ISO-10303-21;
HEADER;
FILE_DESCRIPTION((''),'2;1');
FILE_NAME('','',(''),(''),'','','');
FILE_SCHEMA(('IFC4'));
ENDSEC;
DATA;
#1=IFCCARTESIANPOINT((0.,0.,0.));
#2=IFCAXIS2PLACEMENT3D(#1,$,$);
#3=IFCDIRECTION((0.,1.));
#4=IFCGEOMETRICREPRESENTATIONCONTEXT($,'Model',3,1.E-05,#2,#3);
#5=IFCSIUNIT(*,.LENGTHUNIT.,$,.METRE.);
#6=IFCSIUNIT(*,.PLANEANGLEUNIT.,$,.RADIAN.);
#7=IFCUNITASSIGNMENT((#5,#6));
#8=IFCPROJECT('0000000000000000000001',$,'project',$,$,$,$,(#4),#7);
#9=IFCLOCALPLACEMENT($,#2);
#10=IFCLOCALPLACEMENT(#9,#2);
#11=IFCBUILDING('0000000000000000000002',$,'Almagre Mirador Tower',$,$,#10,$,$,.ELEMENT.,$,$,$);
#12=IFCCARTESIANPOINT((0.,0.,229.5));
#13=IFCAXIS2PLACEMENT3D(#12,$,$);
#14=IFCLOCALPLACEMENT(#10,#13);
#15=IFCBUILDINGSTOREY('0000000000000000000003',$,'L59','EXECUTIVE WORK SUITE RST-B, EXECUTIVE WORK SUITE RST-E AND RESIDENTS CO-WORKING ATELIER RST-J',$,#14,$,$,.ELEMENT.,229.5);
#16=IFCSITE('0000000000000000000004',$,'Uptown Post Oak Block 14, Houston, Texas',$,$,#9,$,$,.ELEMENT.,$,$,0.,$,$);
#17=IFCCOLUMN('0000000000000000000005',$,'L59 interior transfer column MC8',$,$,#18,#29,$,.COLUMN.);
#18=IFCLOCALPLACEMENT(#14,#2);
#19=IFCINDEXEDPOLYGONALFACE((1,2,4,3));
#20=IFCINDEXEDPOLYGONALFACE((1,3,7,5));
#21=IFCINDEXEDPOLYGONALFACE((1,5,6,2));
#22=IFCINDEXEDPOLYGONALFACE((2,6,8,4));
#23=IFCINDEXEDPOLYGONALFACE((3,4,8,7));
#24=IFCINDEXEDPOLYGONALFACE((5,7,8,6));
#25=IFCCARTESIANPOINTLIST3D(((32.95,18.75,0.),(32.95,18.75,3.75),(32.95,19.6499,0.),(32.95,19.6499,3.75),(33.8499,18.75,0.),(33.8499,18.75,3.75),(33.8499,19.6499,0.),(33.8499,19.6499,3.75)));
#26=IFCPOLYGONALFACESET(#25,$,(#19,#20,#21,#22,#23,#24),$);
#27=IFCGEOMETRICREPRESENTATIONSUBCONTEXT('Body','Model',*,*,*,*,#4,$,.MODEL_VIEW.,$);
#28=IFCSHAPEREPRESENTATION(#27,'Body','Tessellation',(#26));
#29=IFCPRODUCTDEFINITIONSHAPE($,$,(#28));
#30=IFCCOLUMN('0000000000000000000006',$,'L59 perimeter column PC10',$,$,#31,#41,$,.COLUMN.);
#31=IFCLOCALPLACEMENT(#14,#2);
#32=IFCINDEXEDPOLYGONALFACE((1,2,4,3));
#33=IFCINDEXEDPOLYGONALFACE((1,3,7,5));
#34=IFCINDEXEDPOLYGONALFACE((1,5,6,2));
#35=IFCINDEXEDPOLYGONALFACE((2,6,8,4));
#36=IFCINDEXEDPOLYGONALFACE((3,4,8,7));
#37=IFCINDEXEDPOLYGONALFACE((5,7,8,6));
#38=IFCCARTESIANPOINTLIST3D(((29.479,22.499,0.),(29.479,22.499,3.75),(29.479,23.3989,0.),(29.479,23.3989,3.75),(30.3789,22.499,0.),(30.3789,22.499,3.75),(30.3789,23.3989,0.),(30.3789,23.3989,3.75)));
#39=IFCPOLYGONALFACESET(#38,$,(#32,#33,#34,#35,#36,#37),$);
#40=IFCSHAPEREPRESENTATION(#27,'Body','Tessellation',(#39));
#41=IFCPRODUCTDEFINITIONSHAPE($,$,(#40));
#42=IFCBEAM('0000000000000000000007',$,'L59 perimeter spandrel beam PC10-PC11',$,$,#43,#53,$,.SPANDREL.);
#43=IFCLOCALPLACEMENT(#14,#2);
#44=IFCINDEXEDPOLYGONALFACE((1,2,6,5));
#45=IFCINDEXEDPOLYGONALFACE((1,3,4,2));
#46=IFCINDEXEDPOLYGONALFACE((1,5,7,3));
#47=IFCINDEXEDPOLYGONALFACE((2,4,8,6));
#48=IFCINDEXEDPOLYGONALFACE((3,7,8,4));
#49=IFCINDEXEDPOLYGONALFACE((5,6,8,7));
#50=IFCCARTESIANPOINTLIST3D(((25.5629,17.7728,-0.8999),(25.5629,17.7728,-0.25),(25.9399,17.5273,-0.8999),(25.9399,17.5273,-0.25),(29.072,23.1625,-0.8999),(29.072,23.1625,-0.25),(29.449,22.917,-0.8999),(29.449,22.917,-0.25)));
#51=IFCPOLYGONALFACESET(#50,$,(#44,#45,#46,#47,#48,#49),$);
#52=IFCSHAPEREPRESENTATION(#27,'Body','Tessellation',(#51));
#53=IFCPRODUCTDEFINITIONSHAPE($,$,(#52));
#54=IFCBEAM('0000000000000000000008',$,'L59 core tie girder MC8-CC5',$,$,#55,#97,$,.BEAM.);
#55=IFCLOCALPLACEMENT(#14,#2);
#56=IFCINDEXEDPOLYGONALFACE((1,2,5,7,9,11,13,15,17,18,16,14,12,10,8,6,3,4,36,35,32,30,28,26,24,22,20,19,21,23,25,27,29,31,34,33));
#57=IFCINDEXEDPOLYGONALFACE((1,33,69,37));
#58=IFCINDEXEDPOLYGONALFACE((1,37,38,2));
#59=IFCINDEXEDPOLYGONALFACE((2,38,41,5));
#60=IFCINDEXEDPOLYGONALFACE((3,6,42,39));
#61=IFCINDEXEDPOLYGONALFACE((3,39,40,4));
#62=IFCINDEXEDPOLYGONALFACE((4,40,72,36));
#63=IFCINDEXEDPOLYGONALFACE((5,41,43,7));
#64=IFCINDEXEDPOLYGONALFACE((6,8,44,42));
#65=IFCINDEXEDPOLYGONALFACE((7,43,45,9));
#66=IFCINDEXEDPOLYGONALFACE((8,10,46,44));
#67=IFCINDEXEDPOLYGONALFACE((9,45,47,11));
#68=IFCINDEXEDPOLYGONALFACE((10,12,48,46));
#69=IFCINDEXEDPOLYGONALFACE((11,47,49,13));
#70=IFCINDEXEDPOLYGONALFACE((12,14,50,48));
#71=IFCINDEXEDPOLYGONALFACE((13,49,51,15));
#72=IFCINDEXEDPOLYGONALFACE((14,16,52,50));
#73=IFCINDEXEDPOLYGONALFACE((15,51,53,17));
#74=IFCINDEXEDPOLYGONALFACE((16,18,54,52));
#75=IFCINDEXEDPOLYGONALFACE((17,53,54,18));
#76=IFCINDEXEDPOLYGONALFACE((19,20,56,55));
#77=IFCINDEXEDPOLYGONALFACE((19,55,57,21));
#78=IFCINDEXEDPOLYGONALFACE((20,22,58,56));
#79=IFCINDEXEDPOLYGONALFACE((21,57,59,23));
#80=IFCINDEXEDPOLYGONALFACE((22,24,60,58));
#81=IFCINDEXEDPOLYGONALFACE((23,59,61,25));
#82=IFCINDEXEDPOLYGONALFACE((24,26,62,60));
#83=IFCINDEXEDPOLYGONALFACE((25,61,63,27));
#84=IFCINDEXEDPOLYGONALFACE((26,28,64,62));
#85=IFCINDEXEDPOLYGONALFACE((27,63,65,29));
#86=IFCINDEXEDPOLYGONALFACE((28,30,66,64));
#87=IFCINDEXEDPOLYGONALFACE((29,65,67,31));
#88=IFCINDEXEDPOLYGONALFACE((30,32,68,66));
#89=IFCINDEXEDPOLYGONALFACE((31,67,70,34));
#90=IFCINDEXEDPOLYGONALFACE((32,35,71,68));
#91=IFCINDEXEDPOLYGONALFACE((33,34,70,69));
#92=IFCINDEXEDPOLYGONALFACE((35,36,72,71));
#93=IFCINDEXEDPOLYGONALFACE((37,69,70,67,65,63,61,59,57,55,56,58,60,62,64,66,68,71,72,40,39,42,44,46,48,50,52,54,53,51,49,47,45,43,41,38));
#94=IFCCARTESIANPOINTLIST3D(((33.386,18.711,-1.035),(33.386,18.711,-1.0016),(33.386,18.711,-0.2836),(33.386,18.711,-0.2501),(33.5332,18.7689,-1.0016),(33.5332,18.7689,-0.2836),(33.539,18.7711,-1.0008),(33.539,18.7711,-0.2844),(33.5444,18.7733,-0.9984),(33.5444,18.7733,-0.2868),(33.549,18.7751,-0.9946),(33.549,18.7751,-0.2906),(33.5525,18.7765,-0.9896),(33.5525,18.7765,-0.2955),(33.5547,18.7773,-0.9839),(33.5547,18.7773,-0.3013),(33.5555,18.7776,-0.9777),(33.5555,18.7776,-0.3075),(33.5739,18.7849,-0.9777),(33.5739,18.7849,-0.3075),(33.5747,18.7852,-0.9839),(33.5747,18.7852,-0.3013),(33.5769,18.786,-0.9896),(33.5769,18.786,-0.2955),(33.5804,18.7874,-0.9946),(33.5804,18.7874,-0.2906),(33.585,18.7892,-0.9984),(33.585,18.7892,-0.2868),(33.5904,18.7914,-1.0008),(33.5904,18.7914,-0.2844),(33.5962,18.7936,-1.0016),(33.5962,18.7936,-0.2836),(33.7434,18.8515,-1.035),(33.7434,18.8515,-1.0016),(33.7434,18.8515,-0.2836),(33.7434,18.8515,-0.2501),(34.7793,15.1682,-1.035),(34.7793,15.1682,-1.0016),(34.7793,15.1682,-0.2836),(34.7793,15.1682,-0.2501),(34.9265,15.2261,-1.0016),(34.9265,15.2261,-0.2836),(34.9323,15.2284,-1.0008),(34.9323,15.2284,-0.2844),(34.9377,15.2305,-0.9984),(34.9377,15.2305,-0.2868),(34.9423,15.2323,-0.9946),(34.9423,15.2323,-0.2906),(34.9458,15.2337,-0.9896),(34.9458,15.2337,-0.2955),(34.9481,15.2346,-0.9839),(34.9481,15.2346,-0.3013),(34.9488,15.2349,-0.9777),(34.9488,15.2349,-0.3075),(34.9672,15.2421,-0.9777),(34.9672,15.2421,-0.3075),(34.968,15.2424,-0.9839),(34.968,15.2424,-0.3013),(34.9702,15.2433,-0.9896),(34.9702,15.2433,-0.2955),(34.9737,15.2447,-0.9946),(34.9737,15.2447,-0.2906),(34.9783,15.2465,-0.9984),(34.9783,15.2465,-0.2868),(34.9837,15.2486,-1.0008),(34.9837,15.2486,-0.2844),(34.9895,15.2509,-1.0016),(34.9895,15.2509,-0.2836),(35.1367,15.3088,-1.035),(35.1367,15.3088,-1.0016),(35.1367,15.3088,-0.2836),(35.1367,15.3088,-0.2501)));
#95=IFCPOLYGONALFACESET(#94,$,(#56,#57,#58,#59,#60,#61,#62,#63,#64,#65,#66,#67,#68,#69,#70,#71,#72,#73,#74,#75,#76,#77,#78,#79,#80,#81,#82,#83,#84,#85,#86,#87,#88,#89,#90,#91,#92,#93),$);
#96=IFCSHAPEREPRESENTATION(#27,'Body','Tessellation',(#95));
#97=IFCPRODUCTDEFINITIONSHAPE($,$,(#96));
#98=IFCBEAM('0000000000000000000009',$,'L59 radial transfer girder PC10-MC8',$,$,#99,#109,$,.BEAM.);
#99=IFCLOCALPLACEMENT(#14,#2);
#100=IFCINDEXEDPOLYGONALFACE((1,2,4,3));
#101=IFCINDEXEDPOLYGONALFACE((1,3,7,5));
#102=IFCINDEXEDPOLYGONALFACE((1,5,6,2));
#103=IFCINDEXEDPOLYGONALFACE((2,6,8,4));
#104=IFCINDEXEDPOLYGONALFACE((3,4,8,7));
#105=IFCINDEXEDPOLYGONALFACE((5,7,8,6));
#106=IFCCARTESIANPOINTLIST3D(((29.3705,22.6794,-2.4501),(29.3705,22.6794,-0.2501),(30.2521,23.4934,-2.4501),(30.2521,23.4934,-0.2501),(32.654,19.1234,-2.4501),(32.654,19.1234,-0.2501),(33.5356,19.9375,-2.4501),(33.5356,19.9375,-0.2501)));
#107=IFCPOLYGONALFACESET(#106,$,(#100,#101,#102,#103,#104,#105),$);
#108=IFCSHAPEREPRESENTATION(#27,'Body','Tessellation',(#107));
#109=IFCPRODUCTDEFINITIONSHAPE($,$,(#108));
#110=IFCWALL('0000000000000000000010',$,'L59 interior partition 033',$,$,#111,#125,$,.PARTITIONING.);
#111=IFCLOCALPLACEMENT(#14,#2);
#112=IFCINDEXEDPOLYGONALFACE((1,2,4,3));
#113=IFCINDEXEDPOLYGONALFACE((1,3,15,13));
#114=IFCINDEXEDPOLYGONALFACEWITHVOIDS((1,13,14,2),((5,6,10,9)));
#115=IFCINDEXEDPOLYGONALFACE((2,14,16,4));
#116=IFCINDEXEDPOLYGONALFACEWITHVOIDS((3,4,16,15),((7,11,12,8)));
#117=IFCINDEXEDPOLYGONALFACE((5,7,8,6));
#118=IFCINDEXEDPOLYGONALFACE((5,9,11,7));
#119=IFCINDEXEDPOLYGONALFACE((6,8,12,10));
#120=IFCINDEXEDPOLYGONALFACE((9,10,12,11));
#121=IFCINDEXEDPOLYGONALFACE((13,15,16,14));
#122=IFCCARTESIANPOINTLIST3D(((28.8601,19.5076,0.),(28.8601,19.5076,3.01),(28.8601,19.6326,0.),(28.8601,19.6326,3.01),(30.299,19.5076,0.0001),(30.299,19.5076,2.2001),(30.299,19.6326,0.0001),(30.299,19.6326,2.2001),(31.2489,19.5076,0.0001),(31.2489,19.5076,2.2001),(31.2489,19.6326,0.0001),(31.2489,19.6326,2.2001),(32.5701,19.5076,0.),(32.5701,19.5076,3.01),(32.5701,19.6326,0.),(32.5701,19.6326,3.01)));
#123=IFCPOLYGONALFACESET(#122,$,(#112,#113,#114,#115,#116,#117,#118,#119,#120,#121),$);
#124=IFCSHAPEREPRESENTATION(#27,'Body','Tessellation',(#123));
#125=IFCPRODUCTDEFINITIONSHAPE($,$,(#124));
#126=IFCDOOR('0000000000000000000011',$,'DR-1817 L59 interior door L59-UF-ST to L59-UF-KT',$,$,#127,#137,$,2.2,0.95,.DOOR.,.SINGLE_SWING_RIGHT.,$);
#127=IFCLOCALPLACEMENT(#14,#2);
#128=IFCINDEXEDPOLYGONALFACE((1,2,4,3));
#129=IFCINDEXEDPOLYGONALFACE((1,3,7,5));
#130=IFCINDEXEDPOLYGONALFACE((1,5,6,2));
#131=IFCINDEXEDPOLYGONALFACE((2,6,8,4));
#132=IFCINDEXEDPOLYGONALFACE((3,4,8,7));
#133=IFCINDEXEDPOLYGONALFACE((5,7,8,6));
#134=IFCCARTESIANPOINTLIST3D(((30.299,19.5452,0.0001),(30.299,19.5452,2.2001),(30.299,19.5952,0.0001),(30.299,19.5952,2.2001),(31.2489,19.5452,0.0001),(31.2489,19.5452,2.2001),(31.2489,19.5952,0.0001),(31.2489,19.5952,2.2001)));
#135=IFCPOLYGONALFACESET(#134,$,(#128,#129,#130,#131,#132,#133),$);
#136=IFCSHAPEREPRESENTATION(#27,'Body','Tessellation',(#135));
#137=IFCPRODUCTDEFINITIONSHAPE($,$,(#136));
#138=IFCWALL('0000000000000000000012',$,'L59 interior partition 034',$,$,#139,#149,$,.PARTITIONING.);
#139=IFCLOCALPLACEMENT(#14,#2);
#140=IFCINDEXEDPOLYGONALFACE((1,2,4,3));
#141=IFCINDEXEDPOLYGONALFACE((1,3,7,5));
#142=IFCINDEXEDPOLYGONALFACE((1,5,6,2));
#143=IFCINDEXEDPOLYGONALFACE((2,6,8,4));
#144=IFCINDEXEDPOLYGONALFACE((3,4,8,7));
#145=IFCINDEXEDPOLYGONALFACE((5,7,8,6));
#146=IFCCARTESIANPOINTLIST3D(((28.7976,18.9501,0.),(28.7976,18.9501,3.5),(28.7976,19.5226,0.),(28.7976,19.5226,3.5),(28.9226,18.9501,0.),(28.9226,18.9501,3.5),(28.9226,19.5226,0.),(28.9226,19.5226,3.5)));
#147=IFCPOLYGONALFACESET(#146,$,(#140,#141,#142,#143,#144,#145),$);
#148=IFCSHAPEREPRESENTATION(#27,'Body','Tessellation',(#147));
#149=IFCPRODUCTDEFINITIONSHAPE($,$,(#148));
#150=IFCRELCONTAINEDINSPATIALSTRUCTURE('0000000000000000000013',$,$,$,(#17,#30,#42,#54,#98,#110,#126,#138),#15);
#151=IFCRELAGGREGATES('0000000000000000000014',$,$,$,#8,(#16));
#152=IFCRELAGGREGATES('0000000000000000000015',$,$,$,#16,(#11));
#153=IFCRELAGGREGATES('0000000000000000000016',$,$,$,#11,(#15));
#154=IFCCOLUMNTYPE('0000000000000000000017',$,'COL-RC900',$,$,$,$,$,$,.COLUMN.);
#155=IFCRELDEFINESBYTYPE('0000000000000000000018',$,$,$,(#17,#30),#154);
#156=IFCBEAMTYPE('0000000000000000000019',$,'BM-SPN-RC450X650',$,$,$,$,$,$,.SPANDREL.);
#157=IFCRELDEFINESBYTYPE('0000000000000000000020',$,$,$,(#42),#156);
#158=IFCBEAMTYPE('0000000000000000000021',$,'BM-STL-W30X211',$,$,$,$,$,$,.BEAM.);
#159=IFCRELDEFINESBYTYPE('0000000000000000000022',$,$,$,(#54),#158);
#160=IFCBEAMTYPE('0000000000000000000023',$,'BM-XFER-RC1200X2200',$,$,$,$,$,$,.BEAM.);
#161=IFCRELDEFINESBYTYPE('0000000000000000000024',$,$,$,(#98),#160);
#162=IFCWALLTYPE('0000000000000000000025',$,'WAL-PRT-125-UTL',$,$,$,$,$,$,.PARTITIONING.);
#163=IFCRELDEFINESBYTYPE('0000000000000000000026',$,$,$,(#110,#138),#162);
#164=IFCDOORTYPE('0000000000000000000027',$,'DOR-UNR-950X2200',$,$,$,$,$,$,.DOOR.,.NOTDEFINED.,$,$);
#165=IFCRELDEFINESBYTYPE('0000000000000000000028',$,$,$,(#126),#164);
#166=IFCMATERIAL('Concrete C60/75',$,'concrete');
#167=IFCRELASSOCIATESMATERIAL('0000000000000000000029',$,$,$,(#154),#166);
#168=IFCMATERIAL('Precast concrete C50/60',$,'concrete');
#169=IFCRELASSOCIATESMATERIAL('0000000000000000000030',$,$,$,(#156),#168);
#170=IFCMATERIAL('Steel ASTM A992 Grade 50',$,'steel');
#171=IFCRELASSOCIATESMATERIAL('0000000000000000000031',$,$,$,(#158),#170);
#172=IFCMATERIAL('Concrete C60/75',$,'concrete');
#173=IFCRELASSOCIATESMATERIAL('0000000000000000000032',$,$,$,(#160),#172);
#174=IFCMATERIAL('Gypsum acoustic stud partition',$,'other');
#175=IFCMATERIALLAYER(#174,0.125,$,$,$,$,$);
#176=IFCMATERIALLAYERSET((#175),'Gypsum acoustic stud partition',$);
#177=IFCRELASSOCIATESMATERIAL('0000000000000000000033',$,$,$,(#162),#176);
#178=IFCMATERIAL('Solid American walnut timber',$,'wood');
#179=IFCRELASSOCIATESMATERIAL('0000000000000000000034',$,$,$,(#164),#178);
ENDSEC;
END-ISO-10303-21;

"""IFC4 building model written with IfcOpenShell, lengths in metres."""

from ifc_helpers import new_model, si_unit, direction, frame, frame_2d, origin, origin_2d, place, context, subcontext, project, spatial, rectangle, i_section, extrude, material, layer, layer_set, material_profile, profile_set, type_object, element, fill, save


model = new_model("IFC4")

# Units and contexts
model_context = context("Model", 3, precision=1e-05, world=origin(), true_north=direction((0.0, 1.0)))
body_context = subcontext(model_context, "Body", "Model", "MODEL_VIEW")
ifc_project = project(units=[si_unit("LENGTHUNIT", "METRE"), si_unit("PLANEANGLEUNIT", "RADIAN")], contexts=[model_context])

# Site, building, storey
site_placement = place(None, origin())
site = spatial("IfcSite", under=ifc_project, at=site_placement, Name="Uptown Post Oak Block 14, Houston, Texas", CompositionType="ELEMENT", RefElevation=0.0)
building_placement = place(site_placement, origin())
building = spatial("IfcBuilding", under=site, at=building_placement, Name="Almagre Mirador Tower", CompositionType="ELEMENT")
storey_placement = place(building_placement, frame((0.0, 0.0, 229.5)))
storey = spatial("IfcBuildingStorey", under=building, at=storey_placement, Name="L59", Description="EXECUTIVE WORK SUITE RST-B, EXECUTIVE WORK SUITE RST-E AND RESIDENTS CO-WORKING ATELIER RST-J", CompositionType="ELEMENT", Elevation=229.5)

# Columns
ifc_material_1 = material(Name="Concrete C60/75", Category="concrete")
ifc_material_profile_1 = material_profile(ifc_material_1, rectangle(XDim=0.8999, YDim=0.8999, at=origin_2d()), Name="RC900X900")
ifc_profile_set_1 = profile_set([ifc_material_profile_1], Name="Concrete C60/75")
column_type = type_object("IfcColumnType", Name="COL-RC900", PredefinedType="COLUMN", material=ifc_profile_set_1)
for number, where, z_axis, x_axis, name in (
    (1, (33.3999, 19.2, 0.0), (0.0, 0.0, 1.0), (1.0, 0.0, 0.0), "L59 interior transfer column MC8"),
    (2, (29.929, 22.949, 0.0), (0.0, 0.0, 1.0), (1.0, 0.0, 0.0), "L59 perimeter column PC10"),
):
    element("IfcColumn", number, at=place(storey_placement, frame(where, z_axis=z_axis, x_axis=x_axis)), inside=storey, type_object=column_type, Name=name, PredefinedType="COLUMN", context=body_context, shape_type="SweptSolid", body=[
        extrude(rectangle(XDim=0.8999, YDim=0.8999, at=origin_2d()), origin(), (0.0, 0.0, 1.0), 3.75),
    ])

# Beams
ifc_material_2 = material(Name="Precast concrete C50/60", Category="concrete")
ifc_material_profile_2 = material_profile(ifc_material_2, rectangle(XDim=0.45, YDim=0.6499, at=origin_2d()), Name="RC450X650")
ifc_profile_set_2 = profile_set([ifc_material_profile_2], Name="Precast concrete C50/60")
beam_type_1 = type_object("IfcBeamType", Name="BM-SPN-RC450X650", PredefinedType="SPANDREL", material=ifc_profile_set_2)
beam_1_placement = place(storey_placement, frame((29.2605, 23.0398, -0.575), z_axis=(-0.545618, -0.838034, 0.0), x_axis=(0.838034, -0.545618, 0.0)))
element("IfcBeam", 3, at=beam_1_placement, inside=storey, type_object=beam_type_1, Name="L59 perimeter spandrel beam PC10-PC11", PredefinedType="SPANDREL", context=body_context, shape_type="SweptSolid", body=[
    extrude(rectangle(XDim=0.45, YDim=0.6499, at=origin_2d()), origin(), (0.0, 0.0, 1.0), 6.4314),
])
ifc_material_3 = material(Name="Steel ASTM A992 Grade 50", Category="steel")
ifc_material_profile_3 = material_profile(ifc_material_3, i_section(OverallWidth=0.384, OverallDepth=0.7849, WebThickness=0.0198, FlangeThickness=0.0334, FilletRadius=0.0239, at=origin_2d()), Name="W30X211")
ifc_profile_set_3 = profile_set([ifc_material_profile_3], Name="Steel ASTM A992 Grade 50")
beam_type_2 = type_object("IfcBeamType", Name="BM-STL-W30X211", PredefinedType="BEAM", material=ifc_profile_set_3)
beam_2_placement = place(storey_placement, frame((33.5647, 18.7812, -0.6426), z_axis=(0.366, -0.930615, 0.0), x_axis=(0.930615, 0.366, 0.0)))
element("IfcBeam", 4, at=beam_2_placement, inside=storey, type_object=beam_type_2, Name="L59 core tie girder MC8-CC5", PredefinedType="BEAM", context=body_context, shape_type="SweptSolid", body=[
    extrude(i_section(OverallWidth=0.384, OverallDepth=0.7849, WebThickness=0.0198, FlangeThickness=0.0334, FilletRadius=0.0239, at=origin_2d()), origin(), (0.0, 0.0, 1.0), 3.8069),
])
ifc_material_4 = material(Name="Concrete C60/75", Category="concrete")
ifc_material_profile_4 = material_profile(ifc_material_4, rectangle(XDim=1.2, YDim=2.2, at=origin_2d()), Name="RC1200X2200")
ifc_profile_set_4 = profile_set([ifc_material_profile_4], Name="Concrete C60/75")
beam_type_3 = type_object("IfcBeamType", Name="BM-XFER-RC1200X2200", PredefinedType="BEAM", material=ifc_profile_set_4)
beam_3_placement = place(storey_placement, frame((29.8113, 23.0864, -1.3501), z_axis=(0.6784, -0.734693, 0.0), x_axis=(0.734693, 0.6784, 0.0)))
element("IfcBeam", 5, at=beam_3_placement, inside=storey, type_object=beam_type_3, Name="L59 radial transfer girder PC10-MC8", PredefinedType="BEAM", context=body_context, shape_type="SweptSolid", body=[
    extrude(rectangle(XDim=1.2, YDim=2.2, at=origin_2d()), origin(), (0.0, 0.0, 1.0), 4.8401),
])

# Wall, opening, door
ifc_material_5 = material(Name="Gypsum acoustic stud partition", Category="other")
ifc_layer_1 = layer(ifc_material_5, 0.125)
ifc_layer_set_1 = layer_set([ifc_layer_1], Name="Gypsum acoustic stud partition")
wall_type_1 = type_object("IfcWallType", Name="WAL-PRT-125-UTL", PredefinedType="PARTITIONING", material=ifc_layer_set_1)
wall_1_placement = place(storey_placement, frame((32.5701, 19.5701, 0.0), z_axis=(0.0, 0.0, 1.0), x_axis=(-1.0, 0.0, 0.0)))
wall_1 = element("IfcWall", 6, at=wall_1_placement, inside=storey, type_object=wall_type_1, Name="L59 interior partition 033", PredefinedType="PARTITIONING", context=body_context, shape_type="SweptSolid", body=[
    extrude(rectangle(XDim=3.71, YDim=0.125, at=frame_2d((1.855, 0.0))), origin(), (0.0, 0.0, 1.0), 3.01),
])
opening_1_placement = place(wall_1_placement, frame((1.321, 0.0, 0.0)))
opening_1 = element("IfcOpeningElement", 7, at=opening_1_placement, cuts=wall_1, PredefinedType="OPENING", context=body_context, shape_type="SweptSolid", body=[
    extrude(rectangle(XDim=0.95, YDim=2.2, at=frame_2d((0.4751, 1.1001))), frame((0.0, 0.0725, 0.0), z_axis=(0.0, -1.0, 0.0), x_axis=(1.0, 0.0, 0.0)), (0.0, 0.0, 1.0), 0.145),
])
ifc_material_6 = material(Name="Solid American walnut timber", Category="wood")
door_type_1 = type_object("IfcDoorType", Name="DOR-UNR-950X2200", OperationType="NOTDEFINED", PredefinedType="DOOR", material=ifc_material_6)
door_1_placement = place(opening_1_placement, origin())
door_1 = element("IfcDoor", 8, at=door_1_placement, inside=storey, type_object=door_type_1, Name="DR-1817 L59 interior door L59-UF-ST to L59-UF-KT", OperationType="SINGLE_SWING_RIGHT", OverallHeight=2.2, OverallWidth=0.95, PredefinedType="DOOR", context=body_context, shape_type="SweptSolid", body=[
    extrude(rectangle(XDim=0.95, YDim=2.2, at=frame_2d((0.4751, 1.1001))), frame((0.0, 0.0249, 0.0), z_axis=(0.0, -1.0, 0.0), x_axis=(1.0, 0.0, 0.0)), (0.0, 0.0, 1.0), 0.05),
])
fill(opening_1, door_1)

# Wall
wall_2_placement = place(storey_placement, frame((28.8601, 19.5225, 0.0), z_axis=(0.0, 0.0, 1.0), x_axis=(0.0, -1.0, 0.0)))
element("IfcWall", 9, at=wall_2_placement, inside=storey, type_object=wall_type_1, Name="L59 interior partition 034", PredefinedType="PARTITIONING", context=body_context, shape_type="SweptSolid", body=[
    extrude(rectangle(XDim=0.5725, YDim=0.125, at=frame_2d((0.2861, 0.0))), origin(), (0.0, 0.0, 1.0), 3.5),
])

save(model, "model.ifc")
